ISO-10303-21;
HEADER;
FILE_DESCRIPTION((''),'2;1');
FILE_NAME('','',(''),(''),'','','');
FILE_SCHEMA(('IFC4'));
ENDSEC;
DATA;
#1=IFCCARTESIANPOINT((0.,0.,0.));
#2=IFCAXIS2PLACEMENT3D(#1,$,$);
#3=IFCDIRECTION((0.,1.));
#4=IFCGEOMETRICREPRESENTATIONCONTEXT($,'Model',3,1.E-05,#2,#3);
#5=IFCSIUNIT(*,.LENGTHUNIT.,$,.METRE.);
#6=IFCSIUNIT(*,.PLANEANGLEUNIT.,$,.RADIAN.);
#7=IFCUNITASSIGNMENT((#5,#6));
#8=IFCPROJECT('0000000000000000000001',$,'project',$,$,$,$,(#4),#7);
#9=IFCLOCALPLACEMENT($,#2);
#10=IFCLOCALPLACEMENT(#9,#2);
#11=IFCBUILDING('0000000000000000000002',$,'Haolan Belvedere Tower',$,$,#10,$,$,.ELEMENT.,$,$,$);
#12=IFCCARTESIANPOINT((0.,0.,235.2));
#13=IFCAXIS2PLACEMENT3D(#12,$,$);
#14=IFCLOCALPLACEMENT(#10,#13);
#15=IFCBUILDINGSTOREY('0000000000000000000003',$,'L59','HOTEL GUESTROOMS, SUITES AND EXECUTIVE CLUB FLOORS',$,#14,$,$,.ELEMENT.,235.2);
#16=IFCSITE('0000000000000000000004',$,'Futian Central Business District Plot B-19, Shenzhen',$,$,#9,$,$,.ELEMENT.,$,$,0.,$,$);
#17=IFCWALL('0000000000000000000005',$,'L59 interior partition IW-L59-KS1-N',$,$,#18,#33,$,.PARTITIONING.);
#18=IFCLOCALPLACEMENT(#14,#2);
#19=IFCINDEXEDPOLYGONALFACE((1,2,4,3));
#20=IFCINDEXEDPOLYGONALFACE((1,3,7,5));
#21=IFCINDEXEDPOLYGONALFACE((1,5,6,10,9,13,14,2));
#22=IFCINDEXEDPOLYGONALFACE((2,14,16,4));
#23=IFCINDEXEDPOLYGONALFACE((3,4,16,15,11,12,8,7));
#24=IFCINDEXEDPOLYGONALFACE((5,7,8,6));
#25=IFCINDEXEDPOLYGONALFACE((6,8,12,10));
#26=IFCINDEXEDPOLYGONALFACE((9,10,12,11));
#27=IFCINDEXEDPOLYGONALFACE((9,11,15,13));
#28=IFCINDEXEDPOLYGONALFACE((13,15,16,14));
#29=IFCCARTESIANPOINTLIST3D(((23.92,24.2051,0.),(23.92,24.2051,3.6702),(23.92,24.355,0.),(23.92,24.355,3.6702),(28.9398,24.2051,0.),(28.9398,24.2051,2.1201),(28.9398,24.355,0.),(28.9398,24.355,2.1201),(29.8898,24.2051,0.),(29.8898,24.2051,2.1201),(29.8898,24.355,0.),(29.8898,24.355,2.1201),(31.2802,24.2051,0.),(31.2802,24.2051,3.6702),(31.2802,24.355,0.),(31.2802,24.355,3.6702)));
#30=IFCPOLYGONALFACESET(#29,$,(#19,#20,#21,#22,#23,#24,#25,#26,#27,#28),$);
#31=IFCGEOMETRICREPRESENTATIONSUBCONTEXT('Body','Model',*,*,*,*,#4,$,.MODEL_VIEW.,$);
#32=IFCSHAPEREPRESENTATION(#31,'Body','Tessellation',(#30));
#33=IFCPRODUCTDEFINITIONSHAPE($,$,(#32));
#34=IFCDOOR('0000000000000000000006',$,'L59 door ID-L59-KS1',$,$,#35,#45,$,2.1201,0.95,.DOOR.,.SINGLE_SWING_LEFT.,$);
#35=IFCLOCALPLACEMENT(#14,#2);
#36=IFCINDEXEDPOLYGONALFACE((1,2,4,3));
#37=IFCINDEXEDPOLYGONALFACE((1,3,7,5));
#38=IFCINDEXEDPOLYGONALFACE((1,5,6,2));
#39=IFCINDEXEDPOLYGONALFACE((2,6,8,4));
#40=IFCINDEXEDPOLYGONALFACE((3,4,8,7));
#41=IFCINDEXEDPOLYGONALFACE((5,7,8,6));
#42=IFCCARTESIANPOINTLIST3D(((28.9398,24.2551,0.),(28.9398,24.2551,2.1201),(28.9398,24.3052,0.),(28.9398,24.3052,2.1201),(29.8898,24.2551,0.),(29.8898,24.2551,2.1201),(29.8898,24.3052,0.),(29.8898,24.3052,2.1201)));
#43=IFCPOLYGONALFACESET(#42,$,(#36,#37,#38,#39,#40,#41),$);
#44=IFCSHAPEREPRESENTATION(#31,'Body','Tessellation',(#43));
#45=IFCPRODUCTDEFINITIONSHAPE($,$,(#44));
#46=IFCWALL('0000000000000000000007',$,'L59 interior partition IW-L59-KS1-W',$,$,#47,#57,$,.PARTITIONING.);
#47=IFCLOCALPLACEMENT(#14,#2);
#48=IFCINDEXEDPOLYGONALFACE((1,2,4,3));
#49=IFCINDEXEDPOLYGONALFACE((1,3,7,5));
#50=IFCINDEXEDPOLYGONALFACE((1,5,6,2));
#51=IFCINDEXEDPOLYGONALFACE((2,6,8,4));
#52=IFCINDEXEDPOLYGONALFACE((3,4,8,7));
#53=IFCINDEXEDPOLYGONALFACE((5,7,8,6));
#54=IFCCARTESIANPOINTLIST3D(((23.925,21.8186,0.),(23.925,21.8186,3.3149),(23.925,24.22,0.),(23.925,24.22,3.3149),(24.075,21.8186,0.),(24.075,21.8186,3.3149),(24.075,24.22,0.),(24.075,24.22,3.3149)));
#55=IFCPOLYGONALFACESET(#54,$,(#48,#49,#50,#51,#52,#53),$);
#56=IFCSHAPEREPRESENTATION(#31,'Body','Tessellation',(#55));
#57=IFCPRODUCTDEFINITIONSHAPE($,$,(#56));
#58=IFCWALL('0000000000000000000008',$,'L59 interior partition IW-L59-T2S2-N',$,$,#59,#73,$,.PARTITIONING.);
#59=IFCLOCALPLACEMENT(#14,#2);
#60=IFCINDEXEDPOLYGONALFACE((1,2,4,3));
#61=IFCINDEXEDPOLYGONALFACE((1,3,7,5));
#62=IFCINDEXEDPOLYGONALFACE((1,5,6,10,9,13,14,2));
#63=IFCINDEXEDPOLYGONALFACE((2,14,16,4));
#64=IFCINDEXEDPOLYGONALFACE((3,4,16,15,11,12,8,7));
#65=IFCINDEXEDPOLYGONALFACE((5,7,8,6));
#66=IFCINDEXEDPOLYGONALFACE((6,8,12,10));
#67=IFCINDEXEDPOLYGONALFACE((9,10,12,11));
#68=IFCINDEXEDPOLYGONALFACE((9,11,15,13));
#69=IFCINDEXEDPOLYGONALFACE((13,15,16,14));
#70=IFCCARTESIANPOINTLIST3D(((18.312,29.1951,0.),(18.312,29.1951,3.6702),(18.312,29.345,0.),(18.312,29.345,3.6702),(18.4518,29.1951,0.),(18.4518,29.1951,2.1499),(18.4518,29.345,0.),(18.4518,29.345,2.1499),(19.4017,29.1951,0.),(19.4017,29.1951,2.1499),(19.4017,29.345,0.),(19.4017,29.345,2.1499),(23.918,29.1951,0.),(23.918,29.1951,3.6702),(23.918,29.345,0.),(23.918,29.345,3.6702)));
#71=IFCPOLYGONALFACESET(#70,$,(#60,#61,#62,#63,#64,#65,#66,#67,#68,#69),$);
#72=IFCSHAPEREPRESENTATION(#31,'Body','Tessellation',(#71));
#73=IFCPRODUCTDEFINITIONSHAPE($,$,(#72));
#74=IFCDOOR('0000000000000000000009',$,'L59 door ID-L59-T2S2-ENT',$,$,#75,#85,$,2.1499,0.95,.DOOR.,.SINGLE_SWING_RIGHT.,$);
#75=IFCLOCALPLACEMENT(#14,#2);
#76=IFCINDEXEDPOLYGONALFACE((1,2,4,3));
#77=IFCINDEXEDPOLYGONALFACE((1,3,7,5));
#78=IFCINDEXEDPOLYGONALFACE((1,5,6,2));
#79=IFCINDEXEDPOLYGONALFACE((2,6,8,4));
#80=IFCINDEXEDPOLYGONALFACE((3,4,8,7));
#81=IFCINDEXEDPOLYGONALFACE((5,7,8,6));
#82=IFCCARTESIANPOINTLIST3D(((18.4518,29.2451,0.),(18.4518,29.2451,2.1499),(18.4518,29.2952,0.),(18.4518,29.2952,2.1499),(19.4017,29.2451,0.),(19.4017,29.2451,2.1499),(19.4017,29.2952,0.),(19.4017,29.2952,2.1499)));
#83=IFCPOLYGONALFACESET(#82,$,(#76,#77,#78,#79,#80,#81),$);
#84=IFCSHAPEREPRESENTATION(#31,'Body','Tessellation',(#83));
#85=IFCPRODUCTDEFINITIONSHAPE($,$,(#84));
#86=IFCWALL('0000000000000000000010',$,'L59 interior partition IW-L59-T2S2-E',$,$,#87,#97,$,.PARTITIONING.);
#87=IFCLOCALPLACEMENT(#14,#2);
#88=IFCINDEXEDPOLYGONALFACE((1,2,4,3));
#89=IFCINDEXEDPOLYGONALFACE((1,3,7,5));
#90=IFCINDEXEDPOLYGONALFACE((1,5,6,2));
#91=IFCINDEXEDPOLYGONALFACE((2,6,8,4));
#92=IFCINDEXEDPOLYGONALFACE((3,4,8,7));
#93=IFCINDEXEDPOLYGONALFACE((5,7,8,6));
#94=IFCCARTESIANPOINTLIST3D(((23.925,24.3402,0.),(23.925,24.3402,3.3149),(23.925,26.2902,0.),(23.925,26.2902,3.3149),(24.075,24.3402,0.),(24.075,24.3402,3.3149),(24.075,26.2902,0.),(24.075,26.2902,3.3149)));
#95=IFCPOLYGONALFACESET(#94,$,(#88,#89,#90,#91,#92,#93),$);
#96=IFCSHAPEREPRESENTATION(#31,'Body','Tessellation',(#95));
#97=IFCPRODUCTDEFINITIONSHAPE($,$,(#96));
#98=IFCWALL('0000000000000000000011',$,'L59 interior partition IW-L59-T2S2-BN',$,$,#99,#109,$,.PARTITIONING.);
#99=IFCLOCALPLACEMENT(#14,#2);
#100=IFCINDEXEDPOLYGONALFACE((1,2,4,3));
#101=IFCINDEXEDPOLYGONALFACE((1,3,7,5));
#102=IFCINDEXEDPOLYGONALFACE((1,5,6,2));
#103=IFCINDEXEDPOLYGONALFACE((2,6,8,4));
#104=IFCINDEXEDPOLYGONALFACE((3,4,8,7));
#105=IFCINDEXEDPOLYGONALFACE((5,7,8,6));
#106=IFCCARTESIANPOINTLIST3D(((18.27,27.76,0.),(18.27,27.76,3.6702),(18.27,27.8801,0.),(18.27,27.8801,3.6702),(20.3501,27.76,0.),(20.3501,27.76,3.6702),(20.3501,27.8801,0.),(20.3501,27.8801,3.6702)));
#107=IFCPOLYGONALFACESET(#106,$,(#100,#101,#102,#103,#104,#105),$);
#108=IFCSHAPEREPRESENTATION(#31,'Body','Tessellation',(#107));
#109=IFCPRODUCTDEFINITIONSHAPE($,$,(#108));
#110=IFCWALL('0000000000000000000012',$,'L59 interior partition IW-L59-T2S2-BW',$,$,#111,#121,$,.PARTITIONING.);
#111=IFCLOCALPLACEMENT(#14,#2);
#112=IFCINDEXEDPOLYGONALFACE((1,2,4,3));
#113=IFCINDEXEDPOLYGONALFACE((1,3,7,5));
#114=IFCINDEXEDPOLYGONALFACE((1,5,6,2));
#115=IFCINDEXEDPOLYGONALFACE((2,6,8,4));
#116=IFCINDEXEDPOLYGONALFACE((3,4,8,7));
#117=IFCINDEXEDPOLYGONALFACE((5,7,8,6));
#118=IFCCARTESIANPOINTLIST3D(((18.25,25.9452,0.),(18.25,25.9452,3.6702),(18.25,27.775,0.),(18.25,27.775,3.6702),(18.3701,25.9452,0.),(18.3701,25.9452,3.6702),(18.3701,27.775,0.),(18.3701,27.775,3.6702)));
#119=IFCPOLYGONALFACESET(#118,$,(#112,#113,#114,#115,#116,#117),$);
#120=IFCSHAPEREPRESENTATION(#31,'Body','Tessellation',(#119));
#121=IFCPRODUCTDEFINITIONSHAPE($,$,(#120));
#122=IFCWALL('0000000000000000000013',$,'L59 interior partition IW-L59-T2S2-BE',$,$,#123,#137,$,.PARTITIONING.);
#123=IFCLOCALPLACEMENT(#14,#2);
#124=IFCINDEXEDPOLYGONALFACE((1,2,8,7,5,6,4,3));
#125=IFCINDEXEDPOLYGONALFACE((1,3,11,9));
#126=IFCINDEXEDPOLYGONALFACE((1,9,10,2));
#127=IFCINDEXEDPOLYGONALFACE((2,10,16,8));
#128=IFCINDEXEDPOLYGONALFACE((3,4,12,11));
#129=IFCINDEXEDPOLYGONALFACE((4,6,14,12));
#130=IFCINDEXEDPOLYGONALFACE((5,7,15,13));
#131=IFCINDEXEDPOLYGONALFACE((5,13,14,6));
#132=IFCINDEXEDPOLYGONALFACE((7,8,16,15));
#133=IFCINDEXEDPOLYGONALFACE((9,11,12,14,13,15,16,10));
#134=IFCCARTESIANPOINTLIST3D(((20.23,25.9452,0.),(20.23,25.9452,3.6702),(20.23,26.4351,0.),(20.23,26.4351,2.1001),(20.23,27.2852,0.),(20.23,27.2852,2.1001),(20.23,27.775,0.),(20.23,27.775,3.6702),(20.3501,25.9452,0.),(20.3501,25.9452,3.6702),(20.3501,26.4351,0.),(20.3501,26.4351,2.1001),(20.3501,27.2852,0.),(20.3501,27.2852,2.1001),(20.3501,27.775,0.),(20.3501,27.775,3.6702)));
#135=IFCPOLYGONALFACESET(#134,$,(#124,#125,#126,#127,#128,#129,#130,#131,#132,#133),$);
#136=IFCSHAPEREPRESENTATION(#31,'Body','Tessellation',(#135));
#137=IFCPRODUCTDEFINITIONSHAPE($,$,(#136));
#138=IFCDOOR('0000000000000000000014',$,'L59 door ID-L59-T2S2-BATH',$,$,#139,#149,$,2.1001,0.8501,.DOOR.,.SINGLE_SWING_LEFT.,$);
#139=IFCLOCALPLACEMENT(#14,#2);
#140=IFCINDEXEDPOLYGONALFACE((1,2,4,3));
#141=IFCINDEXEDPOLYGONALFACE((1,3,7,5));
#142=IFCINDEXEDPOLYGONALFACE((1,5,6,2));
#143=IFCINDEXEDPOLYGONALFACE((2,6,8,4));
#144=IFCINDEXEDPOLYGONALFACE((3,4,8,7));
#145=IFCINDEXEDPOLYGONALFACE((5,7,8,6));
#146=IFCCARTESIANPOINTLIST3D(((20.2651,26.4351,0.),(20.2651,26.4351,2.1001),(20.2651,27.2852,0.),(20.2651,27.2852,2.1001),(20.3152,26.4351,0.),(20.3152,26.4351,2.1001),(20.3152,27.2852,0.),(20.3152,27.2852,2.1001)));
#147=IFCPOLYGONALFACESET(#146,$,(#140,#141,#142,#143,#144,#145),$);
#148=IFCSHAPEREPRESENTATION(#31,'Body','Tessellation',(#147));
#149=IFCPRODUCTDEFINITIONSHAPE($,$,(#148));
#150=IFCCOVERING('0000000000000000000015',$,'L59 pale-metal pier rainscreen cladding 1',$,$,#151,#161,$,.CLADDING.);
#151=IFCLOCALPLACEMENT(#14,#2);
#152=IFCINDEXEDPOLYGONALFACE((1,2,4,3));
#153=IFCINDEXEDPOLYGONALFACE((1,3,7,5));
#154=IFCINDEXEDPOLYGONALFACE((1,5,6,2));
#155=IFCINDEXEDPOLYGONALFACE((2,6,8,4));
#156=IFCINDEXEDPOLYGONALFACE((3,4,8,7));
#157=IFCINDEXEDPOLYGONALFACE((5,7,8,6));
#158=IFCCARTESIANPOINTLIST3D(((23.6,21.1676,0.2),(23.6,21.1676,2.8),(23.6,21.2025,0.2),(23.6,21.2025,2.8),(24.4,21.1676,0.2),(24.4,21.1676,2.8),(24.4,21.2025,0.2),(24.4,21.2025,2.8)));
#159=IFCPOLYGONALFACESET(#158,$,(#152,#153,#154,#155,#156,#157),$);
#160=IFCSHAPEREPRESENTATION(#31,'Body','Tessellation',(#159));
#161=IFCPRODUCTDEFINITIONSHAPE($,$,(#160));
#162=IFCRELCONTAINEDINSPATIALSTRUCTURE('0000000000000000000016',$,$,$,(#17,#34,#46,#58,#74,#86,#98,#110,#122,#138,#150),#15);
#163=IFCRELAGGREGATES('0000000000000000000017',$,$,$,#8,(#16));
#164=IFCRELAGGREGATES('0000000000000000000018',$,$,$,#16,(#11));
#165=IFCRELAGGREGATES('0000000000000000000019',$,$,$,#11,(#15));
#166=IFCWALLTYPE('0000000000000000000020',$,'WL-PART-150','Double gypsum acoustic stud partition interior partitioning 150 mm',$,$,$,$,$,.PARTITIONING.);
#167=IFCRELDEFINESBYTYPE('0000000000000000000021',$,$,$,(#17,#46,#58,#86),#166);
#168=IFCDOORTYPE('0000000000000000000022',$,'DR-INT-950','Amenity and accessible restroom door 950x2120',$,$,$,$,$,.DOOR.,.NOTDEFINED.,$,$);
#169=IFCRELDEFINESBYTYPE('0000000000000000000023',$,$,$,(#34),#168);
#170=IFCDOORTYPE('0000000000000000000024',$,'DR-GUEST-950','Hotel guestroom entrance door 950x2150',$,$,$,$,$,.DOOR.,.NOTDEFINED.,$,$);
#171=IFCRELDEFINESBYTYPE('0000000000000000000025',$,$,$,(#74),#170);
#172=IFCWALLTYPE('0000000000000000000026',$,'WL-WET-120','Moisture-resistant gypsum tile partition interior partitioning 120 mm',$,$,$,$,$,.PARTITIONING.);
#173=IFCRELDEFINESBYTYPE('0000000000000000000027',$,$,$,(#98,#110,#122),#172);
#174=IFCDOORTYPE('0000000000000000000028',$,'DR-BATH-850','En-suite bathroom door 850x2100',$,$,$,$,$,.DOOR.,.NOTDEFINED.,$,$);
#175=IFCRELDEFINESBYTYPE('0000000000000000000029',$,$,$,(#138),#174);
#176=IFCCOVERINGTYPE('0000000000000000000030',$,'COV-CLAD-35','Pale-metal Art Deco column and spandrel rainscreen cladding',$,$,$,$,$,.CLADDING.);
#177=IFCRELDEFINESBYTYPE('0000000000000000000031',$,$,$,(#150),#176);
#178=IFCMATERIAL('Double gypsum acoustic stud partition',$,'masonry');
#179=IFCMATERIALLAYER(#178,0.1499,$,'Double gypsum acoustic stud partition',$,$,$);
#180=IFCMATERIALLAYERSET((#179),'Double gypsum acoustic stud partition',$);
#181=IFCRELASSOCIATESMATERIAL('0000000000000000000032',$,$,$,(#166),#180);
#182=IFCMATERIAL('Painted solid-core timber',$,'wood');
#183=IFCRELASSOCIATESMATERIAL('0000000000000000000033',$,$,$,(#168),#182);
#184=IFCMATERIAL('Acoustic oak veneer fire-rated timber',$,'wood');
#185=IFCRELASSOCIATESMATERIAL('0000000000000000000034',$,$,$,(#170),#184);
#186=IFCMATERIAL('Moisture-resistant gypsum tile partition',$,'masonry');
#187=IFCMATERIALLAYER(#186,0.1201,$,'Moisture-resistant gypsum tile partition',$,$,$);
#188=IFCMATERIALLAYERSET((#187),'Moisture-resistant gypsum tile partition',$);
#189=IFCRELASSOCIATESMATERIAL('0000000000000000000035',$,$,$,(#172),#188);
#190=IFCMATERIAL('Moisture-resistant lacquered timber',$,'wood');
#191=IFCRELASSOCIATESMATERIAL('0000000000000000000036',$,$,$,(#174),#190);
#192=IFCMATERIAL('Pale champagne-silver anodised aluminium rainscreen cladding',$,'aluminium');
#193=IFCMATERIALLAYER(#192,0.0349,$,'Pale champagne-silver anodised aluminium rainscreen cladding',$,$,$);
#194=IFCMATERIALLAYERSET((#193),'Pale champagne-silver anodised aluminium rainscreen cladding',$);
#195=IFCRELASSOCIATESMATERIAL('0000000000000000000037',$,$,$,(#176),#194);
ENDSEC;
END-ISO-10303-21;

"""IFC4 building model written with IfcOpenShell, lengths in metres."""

from ifc_helpers import new_model, si_unit, direction, frame, frame_2d, origin, origin_2d, place, context, subcontext, project, spatial, rectangle, extrude, material, layer, layer_set, type_object, element, fill, save


model = new_model("IFC4")

# Units and contexts
model_context = context("Model", 3, precision=1e-05, world=origin(), true_north=direction((0.0, 1.0)))
body_context = subcontext(model_context, "Body", "Model", "MODEL_VIEW")
ifc_project = project(units=[si_unit("LENGTHUNIT", "METRE"), si_unit("PLANEANGLEUNIT", "RADIAN")], contexts=[model_context])

# Site, building, storey
site_placement = place(None, origin())
site = spatial("IfcSite", under=ifc_project, at=site_placement, Name="Futian Central Business District Plot B-19, Shenzhen", CompositionType="ELEMENT", RefElevation=0.0)
building_placement = place(site_placement, origin())
building = spatial("IfcBuilding", under=site, at=building_placement, Name="Haolan Belvedere Tower", CompositionType="ELEMENT")
storey_placement = place(building_placement, frame((0.0, 0.0, 235.2)))
storey = spatial("IfcBuildingStorey", under=building, at=storey_placement, Name="L59", Description="HOTEL GUESTROOMS, SUITES AND EXECUTIVE CLUB FLOORS", CompositionType="ELEMENT", Elevation=235.2)

# Shared definitions
ifc_material_1 = material(Name="Double gypsum acoustic stud partition", Category="masonry")
ifc_layer_1 = layer(ifc_material_1, 0.1499, Name="Double gypsum acoustic stud partition")
ifc_layer_set_1 = layer_set([ifc_layer_1], Name="Double gypsum acoustic stud partition")
wall_type_1 = type_object("IfcWallType", Name="WL-PART-150", Description="Double gypsum acoustic stud partition interior partitioning 150 mm", PredefinedType="PARTITIONING", material=ifc_layer_set_1)

# Wall, opening, door
wall_1_placement = place(storey_placement, frame((23.9199, 24.28, 0.0), z_axis=(0.0, 0.0, 1.0), x_axis=(1.0, 0.0, 0.0)))
wall_1 = element("IfcWall", 1, at=wall_1_placement, inside=storey, type_object=wall_type_1, Name="L59 interior partition IW-L59-KS1-N", PredefinedType="PARTITIONING", context=body_context, shape_type="SweptSolid", body=[
    extrude(rectangle(XDim=7.3601, YDim=0.1499, at=frame_2d((3.6802, 0.0))), origin(), (0.0, 0.0, 1.0), 3.6702),
])
opening_1_placement = place(wall_1_placement, frame((5.97, 0.0, 0.0), z_axis=(0.0, 0.0, 1.0), x_axis=(-1.0, 0.0, 0.0)))
opening_1 = element("IfcOpeningElement", 2, at=opening_1_placement, cuts=wall_1, PredefinedType="OPENING", context=body_context, shape_type="SweptSolid", body=[
    extrude(rectangle(XDim=0.95, YDim=2.1201, at=frame_2d((0.4751, 1.0601))), frame((0.0, 0.085, 0.0), z_axis=(0.0, -1.0, 0.0), x_axis=(1.0, 0.0, 0.0)), (0.0, 0.0, 1.0), 0.1699),
])
ifc_material_2 = material(Name="Painted solid-core timber", Category="wood")
door_type_1 = type_object("IfcDoorType", Name="DR-INT-950", Description="Amenity and accessible restroom door 950x2120", OperationType="NOTDEFINED", PredefinedType="DOOR", material=ifc_material_2)
door_1_placement = place(opening_1_placement, origin())
door_1 = element("IfcDoor", 3, at=door_1_placement, inside=storey, type_object=door_type_1, Name="L59 door ID-L59-KS1", OperationType="SINGLE_SWING_LEFT", OverallHeight=2.1201, OverallWidth=0.95, PredefinedType="DOOR", context=body_context, shape_type="SweptSolid", body=[
    extrude(rectangle(XDim=0.95, YDim=2.1201, at=frame_2d((0.4751, 1.0601))), frame((0.0, 0.0249, 0.0), z_axis=(0.0, -1.0, 0.0), x_axis=(1.0, 0.0, 0.0)), (0.0, 0.0, 1.0), 0.05),
])
fill(opening_1, door_1)

# Wall
wall_2_placement = place(storey_placement, frame((24.0, 21.8186, 0.0), z_axis=(0.0, 0.0, 1.0), x_axis=(0.0, 1.0, 0.0)))
element("IfcWall", 4, at=wall_2_placement, inside=storey, type_object=wall_type_1, Name="L59 interior partition IW-L59-KS1-W", PredefinedType="PARTITIONING", context=body_context, shape_type="SweptSolid", body=[
    extrude(rectangle(XDim=2.4014, YDim=0.1499, at=frame_2d((1.2007, 0.0))), origin(), (0.0, 0.0, 1.0), 3.3149),
])

# Wall, opening, door
wall_3_placement = place(storey_placement, frame((18.312, 29.27, 0.0), z_axis=(0.0, 0.0, 1.0), x_axis=(1.0, 0.0, 0.0)))
wall_3 = element("IfcWall", 5, at=wall_3_placement, inside=storey, type_object=wall_type_1, Name="L59 interior partition IW-L59-T2S2-N", PredefinedType="PARTITIONING", context=body_context, shape_type="SweptSolid", body=[
    extrude(rectangle(XDim=5.606, YDim=0.1499, at=frame_2d((2.803, 0.0))), origin(), (0.0, 0.0, 1.0), 3.6702),
])
opening_2_placement = place(wall_3_placement, frame((1.0898, 0.0, 0.0), z_axis=(0.0, 0.0, 1.0), x_axis=(-1.0, 0.0, 0.0)))
opening_2 = element("IfcOpeningElement", 6, at=opening_2_placement, cuts=wall_3, PredefinedType="OPENING", context=body_context, shape_type="SweptSolid", body=[
    extrude(rectangle(XDim=0.95, YDim=2.1499, at=frame_2d((0.4751, 1.075))), frame((0.0, 0.085, 0.0), z_axis=(0.0, -1.0, 0.0), x_axis=(1.0, 0.0, 0.0)), (0.0, 0.0, 1.0), 0.1699),
])
ifc_material_3 = material(Name="Acoustic oak veneer fire-rated timber", Category="wood")
door_type_2 = type_object("IfcDoorType", Name="DR-GUEST-950", Description="Hotel guestroom entrance door 950x2150", OperationType="NOTDEFINED", PredefinedType="DOOR", material=ifc_material_3)
door_2_placement = place(opening_2_placement, origin())
door_2 = element("IfcDoor", 7, at=door_2_placement, inside=storey, type_object=door_type_2, Name="L59 door ID-L59-T2S2-ENT", OperationType="SINGLE_SWING_RIGHT", OverallHeight=2.1499, OverallWidth=0.95, PredefinedType="DOOR", context=body_context, shape_type="SweptSolid", body=[
    extrude(rectangle(XDim=0.95, YDim=2.1499, at=frame_2d((0.4751, 1.075))), frame((0.0, 0.0249, 0.0), z_axis=(0.0, -1.0, 0.0), x_axis=(1.0, 0.0, 0.0)), (0.0, 0.0, 1.0), 0.05),
])
fill(opening_2, door_2)

# Walls
wall_4_placement = place(storey_placement, frame((24.0, 24.3401, 0.0), z_axis=(0.0, 0.0, 1.0), x_axis=(0.0, 1.0, 0.0)))
element("IfcWall", 8, at=wall_4_placement, inside=storey, type_object=wall_type_1, Name="L59 interior partition IW-L59-T2S2-E", PredefinedType="PARTITIONING", context=body_context, shape_type="SweptSolid", body=[
    extrude(rectangle(XDim=1.95, YDim=0.1499, at=frame_2d((0.9751, 0.0))), origin(), (0.0, 0.0, 1.0), 3.3149),
])
ifc_material_4 = material(Name="Moisture-resistant gypsum tile partition", Category="masonry")
ifc_layer_2 = layer(ifc_material_4, 0.1201, Name="Moisture-resistant gypsum tile partition")
ifc_layer_set_2 = layer_set([ifc_layer_2], Name="Moisture-resistant gypsum tile partition")
wall_type_2 = type_object("IfcWallType", Name="WL-WET-120", Description="Moisture-resistant gypsum tile partition interior partitioning 120 mm", PredefinedType="PARTITIONING", material=ifc_layer_set_2)
wall_5_placement = place(storey_placement, frame((18.27, 27.8201, 0.0), z_axis=(0.0, 0.0, 1.0), x_axis=(1.0, 0.0, 0.0)))
element("IfcWall", 9, at=wall_5_placement, inside=storey, type_object=wall_type_2, Name="L59 interior partition IW-L59-T2S2-BN", PredefinedType="PARTITIONING", context=body_context, shape_type="SweptSolid", body=[
    extrude(rectangle(XDim=2.0801, YDim=0.1201, at=frame_2d((1.04, 0.0))), origin(), (0.0, 0.0, 1.0), 3.6702),
])
wall_6_placement = place(storey_placement, frame((18.3101, 25.9451, 0.0), z_axis=(0.0, 0.0, 1.0), x_axis=(0.0, 1.0, 0.0)))
element("IfcWall", 10, at=wall_6_placement, inside=storey, type_object=wall_type_2, Name="L59 interior partition IW-L59-T2S2-BW", PredefinedType="PARTITIONING", context=body_context, shape_type="SweptSolid", body=[
    extrude(rectangle(XDim=1.8298, YDim=0.1201, at=frame_2d((0.915, 0.0))), origin(), (0.0, 0.0, 1.0), 3.6702),
])

# Wall, opening, door
wall_7_placement = place(storey_placement, frame((20.29, 25.9451, 0.0), z_axis=(0.0, 0.0, 1.0), x_axis=(0.0, 1.0, 0.0)))
wall_7 = element("IfcWall", 11, at=wall_7_placement, inside=storey, type_object=wall_type_2, Name="L59 interior partition IW-L59-T2S2-BE", PredefinedType="PARTITIONING", context=body_context, shape_type="SweptSolid", body=[
    extrude(rectangle(XDim=1.8298, YDim=0.1201, at=frame_2d((0.915, 0.0))), origin(), (0.0, 0.0, 1.0), 3.6702),
])
opening_3_placement = place(wall_7_placement, frame((0.49, 0.0, 0.0)))
opening_3 = element("IfcOpeningElement", 12, at=opening_3_placement, cuts=wall_7, PredefinedType="OPENING", context=body_context, shape_type="SweptSolid", body=[
    extrude(rectangle(XDim=0.8501, YDim=2.1001, at=frame_2d((0.425, 1.05))), frame((0.0, 0.0701, 0.0), z_axis=(0.0, -1.0, 0.0), x_axis=(1.0, 0.0, 0.0)), (0.0, 0.0, 1.0), 0.1401),
])
ifc_material_5 = material(Name="Moisture-resistant lacquered timber", Category="wood")
door_type_3 = type_object("IfcDoorType", Name="DR-BATH-850", Description="En-suite bathroom door 850x2100", OperationType="NOTDEFINED", PredefinedType="DOOR", material=ifc_material_5)
door_3_placement = place(opening_3_placement, origin())
door_3 = element("IfcDoor", 13, at=door_3_placement, inside=storey, type_object=door_type_3, Name="L59 door ID-L59-T2S2-BATH", OperationType="SINGLE_SWING_LEFT", OverallHeight=2.1001, OverallWidth=0.8501, PredefinedType="DOOR", context=body_context, shape_type="SweptSolid", body=[
    extrude(rectangle(XDim=0.8501, YDim=2.1001, at=frame_2d((0.425, 1.05))), frame((0.0, 0.0249, 0.0), z_axis=(0.0, -1.0, 0.0), x_axis=(1.0, 0.0, 0.0)), (0.0, 0.0, 1.0), 0.05),
])
fill(opening_3, door_3)

# Covering
ifc_material_6 = material(Name="Pale champagne-silver anodised aluminium rainscreen cladding", Category="aluminium")
ifc_layer_3 = layer(ifc_material_6, 0.0349, Name="Pale champagne-silver anodised aluminium rainscreen cladding")
ifc_layer_set_3 = layer_set([ifc_layer_3], Name="Pale champagne-silver anodised aluminium rainscreen cladding")
covering_type = type_object("IfcCoveringType", Name="COV-CLAD-35", Description="Pale-metal Art Deco column and spandrel rainscreen cladding", PredefinedType="CLADDING", material=ifc_layer_set_3)
covering_placement = place(storey_placement, frame((24.0, 21.1851, 0.2), z_axis=(0.0, 0.0, 1.0), x_axis=(1.0, 0.0, 0.0)))
element("IfcCovering", 14, at=covering_placement, inside=storey, type_object=covering_type, Name="L59 pale-metal pier rainscreen cladding 1", PredefinedType="CLADDING", context=body_context, shape_type="SweptSolid", body=[
    extrude(rectangle(XDim=0.8, YDim=0.0349, at=origin_2d()), origin(), (0.0, 0.0, 1.0), 2.6001),
])

save(model, "model.ifc")
